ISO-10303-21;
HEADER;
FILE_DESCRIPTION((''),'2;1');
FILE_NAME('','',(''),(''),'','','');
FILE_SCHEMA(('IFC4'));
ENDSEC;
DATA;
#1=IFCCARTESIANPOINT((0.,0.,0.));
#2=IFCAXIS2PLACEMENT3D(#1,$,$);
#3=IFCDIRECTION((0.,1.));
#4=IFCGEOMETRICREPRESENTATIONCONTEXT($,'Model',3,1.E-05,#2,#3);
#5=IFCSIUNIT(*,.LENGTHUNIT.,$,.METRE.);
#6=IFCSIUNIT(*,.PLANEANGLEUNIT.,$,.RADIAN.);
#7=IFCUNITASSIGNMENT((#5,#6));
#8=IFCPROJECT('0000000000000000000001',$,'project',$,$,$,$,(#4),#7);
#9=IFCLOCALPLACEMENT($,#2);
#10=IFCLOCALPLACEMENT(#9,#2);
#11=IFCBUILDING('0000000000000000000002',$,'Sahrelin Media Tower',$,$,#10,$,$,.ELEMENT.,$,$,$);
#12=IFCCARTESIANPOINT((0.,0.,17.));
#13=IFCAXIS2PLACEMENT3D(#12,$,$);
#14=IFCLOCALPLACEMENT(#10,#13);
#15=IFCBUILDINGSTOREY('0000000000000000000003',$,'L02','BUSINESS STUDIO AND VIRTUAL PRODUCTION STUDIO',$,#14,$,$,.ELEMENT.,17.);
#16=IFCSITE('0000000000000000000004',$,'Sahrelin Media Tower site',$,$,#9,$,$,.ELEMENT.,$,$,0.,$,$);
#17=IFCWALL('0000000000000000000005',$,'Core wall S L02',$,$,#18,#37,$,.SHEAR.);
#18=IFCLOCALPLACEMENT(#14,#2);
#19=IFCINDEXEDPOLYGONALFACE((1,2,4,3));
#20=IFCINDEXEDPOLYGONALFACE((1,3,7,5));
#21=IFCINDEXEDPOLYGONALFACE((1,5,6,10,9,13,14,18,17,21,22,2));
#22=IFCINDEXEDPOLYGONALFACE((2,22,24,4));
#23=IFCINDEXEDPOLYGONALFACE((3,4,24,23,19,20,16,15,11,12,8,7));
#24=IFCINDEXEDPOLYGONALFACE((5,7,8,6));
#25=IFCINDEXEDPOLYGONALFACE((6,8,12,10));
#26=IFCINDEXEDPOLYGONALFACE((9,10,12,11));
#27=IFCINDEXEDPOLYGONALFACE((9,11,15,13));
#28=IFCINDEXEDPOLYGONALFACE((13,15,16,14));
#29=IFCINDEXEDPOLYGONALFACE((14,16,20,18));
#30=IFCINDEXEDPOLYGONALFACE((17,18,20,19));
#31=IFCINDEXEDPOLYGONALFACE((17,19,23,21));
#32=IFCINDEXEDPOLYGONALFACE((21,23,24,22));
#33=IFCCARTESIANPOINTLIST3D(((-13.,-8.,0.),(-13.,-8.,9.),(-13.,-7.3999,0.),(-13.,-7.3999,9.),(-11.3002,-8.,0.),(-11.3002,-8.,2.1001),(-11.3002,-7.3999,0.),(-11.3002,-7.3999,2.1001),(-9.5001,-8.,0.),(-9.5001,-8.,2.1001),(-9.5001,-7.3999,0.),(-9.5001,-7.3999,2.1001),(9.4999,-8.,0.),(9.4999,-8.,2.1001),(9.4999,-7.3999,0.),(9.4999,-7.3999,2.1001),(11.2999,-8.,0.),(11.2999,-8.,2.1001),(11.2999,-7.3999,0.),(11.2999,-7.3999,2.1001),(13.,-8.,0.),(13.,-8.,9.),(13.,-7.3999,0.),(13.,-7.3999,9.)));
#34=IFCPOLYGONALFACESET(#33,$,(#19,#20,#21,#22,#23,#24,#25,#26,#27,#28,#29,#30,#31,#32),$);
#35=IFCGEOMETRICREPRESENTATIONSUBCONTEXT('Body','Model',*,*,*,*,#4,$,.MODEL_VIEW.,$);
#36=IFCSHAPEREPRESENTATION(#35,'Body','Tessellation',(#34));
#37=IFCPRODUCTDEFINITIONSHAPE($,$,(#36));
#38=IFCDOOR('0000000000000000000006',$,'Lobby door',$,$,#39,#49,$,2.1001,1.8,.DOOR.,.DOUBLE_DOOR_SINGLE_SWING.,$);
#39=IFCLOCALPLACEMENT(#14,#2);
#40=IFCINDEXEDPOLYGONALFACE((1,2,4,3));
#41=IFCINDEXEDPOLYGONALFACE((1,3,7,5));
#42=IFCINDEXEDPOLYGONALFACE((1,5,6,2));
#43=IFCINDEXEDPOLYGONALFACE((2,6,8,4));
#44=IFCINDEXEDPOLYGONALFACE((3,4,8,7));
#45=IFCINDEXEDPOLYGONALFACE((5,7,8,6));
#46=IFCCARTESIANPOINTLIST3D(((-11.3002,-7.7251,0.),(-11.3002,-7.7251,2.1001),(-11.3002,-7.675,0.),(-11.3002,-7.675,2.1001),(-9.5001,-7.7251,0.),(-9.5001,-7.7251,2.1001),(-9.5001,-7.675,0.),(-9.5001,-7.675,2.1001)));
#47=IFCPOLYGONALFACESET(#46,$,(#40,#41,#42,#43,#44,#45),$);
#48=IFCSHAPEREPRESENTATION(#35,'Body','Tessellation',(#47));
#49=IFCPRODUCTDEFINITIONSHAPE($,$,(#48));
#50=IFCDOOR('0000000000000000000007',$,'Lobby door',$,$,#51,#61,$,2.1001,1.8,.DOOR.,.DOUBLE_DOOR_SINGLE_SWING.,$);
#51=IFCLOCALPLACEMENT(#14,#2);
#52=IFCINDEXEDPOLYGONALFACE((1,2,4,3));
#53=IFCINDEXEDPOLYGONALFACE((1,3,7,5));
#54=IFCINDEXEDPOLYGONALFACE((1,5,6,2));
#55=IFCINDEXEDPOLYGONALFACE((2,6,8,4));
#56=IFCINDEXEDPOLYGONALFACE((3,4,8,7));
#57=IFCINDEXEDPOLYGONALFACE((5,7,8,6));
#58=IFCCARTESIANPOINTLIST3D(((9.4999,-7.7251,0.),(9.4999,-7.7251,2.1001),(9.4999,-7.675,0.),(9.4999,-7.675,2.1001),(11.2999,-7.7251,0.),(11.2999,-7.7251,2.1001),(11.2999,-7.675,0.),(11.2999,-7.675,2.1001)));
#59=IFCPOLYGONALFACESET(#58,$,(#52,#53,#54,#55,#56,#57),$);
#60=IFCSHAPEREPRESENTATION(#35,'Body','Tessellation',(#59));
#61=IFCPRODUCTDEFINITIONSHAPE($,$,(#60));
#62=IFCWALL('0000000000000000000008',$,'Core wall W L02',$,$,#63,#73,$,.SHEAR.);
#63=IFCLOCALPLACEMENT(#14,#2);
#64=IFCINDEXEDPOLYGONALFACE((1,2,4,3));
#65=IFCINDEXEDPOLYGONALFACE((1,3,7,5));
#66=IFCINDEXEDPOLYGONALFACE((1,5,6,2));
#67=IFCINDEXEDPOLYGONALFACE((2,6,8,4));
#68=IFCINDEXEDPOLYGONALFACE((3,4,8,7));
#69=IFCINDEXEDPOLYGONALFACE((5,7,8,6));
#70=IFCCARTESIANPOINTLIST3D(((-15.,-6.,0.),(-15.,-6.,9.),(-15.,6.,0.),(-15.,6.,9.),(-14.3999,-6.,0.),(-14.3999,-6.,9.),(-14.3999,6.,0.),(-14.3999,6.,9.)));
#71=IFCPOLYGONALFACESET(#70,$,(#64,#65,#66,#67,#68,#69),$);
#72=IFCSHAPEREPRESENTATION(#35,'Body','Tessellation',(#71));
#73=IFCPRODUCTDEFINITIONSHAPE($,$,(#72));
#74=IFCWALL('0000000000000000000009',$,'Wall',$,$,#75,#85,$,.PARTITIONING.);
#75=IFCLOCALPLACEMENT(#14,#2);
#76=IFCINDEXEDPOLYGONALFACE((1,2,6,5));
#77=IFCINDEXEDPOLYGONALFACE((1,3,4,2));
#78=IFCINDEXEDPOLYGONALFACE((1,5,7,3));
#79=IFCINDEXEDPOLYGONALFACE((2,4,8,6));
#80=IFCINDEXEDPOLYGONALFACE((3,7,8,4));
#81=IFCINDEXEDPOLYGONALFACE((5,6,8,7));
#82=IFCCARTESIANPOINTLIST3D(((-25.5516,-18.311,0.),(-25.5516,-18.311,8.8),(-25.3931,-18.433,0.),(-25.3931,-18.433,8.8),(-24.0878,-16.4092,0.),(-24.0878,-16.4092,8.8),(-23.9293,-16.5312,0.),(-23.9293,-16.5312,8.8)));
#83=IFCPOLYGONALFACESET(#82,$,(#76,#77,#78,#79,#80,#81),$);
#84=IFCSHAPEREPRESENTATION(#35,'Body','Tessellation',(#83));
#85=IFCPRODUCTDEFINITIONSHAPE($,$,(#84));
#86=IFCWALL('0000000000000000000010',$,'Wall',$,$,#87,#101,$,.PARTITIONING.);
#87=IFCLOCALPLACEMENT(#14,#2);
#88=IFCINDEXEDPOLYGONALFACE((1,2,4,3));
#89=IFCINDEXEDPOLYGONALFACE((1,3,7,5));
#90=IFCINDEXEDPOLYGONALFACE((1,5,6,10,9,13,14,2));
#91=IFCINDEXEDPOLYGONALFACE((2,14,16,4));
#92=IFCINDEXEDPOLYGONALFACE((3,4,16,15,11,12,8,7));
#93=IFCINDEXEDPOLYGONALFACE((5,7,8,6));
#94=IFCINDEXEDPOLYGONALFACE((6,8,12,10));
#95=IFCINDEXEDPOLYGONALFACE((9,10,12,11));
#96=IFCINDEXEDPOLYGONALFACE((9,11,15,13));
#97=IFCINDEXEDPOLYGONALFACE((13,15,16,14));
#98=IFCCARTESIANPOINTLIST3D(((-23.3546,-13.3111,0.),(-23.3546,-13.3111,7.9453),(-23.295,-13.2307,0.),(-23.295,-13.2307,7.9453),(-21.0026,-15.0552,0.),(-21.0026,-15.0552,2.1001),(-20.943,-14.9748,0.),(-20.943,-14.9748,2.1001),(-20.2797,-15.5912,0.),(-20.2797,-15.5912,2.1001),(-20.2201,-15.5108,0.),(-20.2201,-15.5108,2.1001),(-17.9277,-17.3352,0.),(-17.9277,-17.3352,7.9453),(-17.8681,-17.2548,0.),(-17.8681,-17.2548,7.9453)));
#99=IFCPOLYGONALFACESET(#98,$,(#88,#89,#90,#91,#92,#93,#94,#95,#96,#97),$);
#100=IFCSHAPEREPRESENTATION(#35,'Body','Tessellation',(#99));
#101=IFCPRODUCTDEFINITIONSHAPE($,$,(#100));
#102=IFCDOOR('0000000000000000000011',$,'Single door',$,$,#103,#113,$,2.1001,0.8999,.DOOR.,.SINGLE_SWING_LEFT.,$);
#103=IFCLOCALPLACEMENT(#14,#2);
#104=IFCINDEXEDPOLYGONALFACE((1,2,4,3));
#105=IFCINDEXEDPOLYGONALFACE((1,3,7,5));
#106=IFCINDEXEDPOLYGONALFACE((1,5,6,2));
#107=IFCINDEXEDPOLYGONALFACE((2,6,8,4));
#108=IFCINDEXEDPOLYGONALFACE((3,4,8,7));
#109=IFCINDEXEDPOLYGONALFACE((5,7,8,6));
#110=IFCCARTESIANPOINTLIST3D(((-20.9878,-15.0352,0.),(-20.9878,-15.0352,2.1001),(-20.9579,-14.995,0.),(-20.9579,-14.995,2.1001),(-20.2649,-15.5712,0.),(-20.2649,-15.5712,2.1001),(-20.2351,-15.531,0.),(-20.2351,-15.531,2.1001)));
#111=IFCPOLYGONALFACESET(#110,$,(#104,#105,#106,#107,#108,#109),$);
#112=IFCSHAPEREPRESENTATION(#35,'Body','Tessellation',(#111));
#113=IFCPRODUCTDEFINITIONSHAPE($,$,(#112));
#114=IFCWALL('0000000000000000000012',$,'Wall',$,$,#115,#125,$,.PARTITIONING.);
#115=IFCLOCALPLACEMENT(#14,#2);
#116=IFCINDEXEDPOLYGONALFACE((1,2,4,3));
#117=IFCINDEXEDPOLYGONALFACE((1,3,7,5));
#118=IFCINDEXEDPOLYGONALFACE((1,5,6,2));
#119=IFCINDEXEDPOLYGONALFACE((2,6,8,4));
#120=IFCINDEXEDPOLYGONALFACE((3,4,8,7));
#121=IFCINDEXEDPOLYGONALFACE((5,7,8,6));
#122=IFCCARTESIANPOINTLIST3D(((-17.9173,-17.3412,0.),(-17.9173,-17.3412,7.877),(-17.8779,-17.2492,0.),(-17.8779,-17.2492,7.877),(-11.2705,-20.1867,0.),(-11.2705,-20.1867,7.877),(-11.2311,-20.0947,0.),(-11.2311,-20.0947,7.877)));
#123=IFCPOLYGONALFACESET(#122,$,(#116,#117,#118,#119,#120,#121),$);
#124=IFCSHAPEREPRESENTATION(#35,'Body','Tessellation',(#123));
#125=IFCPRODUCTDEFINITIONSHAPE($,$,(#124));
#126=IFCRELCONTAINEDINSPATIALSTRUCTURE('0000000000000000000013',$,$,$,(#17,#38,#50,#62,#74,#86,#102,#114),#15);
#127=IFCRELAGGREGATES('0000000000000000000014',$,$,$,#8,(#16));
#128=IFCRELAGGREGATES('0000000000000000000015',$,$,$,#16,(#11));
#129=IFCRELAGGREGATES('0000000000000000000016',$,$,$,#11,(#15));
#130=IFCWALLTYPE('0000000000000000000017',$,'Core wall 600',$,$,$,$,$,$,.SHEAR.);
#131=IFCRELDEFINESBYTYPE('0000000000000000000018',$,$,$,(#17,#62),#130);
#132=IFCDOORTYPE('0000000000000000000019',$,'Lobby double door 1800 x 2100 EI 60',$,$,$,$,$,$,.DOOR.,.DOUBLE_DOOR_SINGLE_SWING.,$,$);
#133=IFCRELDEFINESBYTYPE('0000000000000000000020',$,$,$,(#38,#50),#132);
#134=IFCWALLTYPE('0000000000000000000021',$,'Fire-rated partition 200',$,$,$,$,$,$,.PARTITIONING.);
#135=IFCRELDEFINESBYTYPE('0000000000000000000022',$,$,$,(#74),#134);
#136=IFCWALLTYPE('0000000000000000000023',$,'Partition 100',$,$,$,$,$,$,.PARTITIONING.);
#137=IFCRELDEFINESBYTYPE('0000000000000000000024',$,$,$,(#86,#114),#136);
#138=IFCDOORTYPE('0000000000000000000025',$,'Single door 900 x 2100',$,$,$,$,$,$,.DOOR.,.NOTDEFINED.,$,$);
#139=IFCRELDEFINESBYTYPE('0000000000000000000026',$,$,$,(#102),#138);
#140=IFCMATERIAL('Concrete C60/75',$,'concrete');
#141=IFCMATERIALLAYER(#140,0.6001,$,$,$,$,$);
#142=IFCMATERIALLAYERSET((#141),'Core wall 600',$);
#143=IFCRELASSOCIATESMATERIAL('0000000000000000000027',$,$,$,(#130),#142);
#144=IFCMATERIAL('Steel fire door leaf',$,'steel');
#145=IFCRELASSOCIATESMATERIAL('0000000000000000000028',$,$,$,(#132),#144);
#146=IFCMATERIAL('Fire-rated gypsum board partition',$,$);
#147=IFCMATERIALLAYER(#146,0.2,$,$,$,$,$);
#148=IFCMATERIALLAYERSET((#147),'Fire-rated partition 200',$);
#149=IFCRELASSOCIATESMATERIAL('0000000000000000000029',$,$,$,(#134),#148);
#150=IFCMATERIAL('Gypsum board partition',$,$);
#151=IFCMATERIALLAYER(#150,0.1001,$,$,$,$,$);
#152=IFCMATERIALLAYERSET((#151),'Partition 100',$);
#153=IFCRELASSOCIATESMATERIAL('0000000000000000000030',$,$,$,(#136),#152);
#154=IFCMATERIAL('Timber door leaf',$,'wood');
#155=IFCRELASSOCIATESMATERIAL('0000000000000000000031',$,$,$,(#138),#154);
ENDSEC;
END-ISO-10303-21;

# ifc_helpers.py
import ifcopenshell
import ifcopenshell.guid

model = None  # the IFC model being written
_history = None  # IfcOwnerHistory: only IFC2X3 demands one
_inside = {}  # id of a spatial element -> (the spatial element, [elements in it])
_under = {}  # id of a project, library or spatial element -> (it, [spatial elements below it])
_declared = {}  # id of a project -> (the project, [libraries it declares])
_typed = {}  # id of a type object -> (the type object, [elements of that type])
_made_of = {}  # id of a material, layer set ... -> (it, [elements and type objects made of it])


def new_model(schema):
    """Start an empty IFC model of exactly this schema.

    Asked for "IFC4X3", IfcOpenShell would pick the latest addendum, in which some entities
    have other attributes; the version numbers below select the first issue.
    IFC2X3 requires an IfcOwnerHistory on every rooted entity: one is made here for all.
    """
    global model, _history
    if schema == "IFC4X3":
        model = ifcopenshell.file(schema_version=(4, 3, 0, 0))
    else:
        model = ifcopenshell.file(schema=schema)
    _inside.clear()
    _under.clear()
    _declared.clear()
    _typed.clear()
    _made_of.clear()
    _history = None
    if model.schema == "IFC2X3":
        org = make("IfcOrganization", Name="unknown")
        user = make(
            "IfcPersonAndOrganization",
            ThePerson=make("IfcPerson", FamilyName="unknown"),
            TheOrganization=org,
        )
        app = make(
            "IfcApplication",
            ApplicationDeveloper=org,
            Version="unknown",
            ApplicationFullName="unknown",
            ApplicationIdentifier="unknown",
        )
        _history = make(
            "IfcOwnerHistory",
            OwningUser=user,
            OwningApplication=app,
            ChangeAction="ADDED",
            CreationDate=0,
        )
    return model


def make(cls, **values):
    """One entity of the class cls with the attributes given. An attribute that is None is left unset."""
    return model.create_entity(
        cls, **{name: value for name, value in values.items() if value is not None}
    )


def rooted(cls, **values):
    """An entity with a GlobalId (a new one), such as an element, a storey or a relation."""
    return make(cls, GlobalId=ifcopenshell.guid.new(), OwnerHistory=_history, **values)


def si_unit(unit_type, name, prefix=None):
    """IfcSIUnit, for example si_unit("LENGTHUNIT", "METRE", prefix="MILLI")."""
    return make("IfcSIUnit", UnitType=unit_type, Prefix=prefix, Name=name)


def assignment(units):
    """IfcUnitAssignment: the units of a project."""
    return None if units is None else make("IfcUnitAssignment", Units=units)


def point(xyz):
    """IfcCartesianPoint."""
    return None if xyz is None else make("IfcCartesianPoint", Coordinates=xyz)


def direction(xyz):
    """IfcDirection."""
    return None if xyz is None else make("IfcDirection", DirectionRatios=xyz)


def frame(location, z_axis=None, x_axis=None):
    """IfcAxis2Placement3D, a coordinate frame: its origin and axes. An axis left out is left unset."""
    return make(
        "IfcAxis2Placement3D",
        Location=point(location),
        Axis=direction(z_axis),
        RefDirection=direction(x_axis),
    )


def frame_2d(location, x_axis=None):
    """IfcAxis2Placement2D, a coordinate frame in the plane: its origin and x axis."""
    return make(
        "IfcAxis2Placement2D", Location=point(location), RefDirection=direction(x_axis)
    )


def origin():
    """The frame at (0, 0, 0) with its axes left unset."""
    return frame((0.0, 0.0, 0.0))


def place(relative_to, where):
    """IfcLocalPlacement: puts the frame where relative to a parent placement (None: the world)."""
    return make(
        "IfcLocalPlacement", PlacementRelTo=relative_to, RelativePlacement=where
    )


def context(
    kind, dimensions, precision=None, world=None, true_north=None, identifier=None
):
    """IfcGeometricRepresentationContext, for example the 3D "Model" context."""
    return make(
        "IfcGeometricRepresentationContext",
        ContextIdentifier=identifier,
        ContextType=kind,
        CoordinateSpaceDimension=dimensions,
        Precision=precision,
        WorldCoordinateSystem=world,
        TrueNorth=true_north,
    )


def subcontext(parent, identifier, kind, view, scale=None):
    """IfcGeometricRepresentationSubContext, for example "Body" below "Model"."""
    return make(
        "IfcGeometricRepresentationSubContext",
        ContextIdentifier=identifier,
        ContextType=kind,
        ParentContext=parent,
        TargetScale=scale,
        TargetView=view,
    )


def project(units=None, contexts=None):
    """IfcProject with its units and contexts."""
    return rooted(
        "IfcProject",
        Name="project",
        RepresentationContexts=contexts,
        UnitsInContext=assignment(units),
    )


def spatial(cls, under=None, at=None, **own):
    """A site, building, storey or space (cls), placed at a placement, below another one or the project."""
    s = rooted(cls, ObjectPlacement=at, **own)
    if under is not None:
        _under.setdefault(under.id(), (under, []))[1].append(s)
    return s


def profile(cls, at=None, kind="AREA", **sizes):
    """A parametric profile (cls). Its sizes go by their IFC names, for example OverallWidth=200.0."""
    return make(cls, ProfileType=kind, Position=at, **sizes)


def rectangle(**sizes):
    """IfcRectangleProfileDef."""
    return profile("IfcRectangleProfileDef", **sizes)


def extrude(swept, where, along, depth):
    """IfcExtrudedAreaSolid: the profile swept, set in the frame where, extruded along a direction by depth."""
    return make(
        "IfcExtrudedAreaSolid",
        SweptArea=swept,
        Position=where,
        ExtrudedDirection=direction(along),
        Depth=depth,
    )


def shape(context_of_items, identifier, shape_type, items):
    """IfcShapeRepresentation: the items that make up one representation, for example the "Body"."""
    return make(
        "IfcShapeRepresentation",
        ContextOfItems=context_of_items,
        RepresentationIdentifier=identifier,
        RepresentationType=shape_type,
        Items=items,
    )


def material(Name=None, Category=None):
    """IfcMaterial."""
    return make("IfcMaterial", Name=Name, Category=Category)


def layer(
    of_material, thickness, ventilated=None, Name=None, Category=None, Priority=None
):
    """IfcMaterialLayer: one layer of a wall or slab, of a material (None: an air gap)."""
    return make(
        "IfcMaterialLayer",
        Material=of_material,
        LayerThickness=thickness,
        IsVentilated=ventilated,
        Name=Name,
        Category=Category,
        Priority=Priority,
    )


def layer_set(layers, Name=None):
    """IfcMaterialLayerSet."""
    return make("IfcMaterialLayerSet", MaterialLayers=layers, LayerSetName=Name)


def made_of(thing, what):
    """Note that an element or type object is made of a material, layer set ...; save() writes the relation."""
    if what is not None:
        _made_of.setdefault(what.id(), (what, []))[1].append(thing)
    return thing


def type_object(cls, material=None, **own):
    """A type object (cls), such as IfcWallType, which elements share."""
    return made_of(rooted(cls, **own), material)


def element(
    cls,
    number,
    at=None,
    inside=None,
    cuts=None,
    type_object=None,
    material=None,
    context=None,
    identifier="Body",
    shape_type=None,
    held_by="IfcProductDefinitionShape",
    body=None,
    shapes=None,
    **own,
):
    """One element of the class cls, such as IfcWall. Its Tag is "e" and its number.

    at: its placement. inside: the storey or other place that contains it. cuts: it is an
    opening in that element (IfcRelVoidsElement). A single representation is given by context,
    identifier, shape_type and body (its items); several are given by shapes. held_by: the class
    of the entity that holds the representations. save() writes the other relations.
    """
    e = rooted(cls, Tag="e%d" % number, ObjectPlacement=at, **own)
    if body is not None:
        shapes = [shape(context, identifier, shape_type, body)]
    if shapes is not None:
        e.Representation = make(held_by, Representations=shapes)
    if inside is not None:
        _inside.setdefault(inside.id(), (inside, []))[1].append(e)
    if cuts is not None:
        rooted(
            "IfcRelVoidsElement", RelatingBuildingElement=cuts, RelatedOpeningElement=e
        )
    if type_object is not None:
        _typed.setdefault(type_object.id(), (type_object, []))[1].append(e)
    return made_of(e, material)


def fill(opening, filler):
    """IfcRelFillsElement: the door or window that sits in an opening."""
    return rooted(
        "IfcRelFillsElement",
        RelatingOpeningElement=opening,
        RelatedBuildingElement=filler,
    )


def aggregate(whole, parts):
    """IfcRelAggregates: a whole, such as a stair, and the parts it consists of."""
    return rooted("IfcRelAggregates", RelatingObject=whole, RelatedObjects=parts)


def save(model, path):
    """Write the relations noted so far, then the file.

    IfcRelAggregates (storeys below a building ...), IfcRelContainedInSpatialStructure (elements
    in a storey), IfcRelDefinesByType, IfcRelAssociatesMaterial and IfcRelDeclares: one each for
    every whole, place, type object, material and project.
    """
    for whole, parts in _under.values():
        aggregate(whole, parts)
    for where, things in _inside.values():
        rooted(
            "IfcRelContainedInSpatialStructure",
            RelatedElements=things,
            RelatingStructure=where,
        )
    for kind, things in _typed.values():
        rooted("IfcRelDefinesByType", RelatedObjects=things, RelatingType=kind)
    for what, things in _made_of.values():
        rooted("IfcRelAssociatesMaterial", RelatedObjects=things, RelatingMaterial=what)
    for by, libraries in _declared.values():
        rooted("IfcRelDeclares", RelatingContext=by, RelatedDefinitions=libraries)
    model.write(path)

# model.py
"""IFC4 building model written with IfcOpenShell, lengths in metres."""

from ifc_helpers import new_model, si_unit, direction, frame, frame_2d, origin, place, context, subcontext, project, spatial, rectangle, extrude, material, layer, layer_set, type_object, element, fill, save


model = new_model("IFC4")

# Units and contexts
model_context = context("Model", 3, precision=1e-05, world=origin(), true_north=direction((0.0, 1.0)))
body_context = subcontext(model_context, "Body", "Model", "MODEL_VIEW")
ifc_project = project(units=[si_unit("LENGTHUNIT", "METRE"), si_unit("PLANEANGLEUNIT", "RADIAN")], contexts=[model_context])

# Site, building, storey
site_placement = place(None, origin())
site = spatial("IfcSite", under=ifc_project, at=site_placement, Name="Sahrelin Media Tower site", CompositionType="ELEMENT", RefElevation=0.0)
building_placement = place(site_placement, origin())
building = spatial("IfcBuilding", under=site, at=building_placement, Name="Sahrelin Media Tower", CompositionType="ELEMENT")
storey_placement = place(building_placement, frame((0.0, 0.0, 17.0)))
storey = spatial("IfcBuildingStorey", under=building, at=storey_placement, Name="L02", Description="BUSINESS STUDIO AND VIRTUAL PRODUCTION STUDIO", CompositionType="ELEMENT", Elevation=17.0)

# Wall, openings, doors
ifc_material_1 = material(Name="Concrete C60/75", Category="concrete")
ifc_layer_1 = layer(ifc_material_1, 0.6001)
ifc_layer_set_1 = layer_set([ifc_layer_1], Name="Core wall 600")
wall_type_1 = type_object("IfcWallType", Name="Core wall 600", PredefinedType="SHEAR", material=ifc_layer_set_1)
wall_1_placement = place(storey_placement, frame((-13.0, -7.7, 0.0), z_axis=(0.0, 0.0, 1.0), x_axis=(1.0, 0.0, 0.0)))
wall_1 = element("IfcWall", 1, at=wall_1_placement, inside=storey, type_object=wall_type_1, Name="Core wall S L02", PredefinedType="SHEAR", context=body_context, shape_type="SweptSolid", body=[
    extrude(rectangle(XDim=26.0, YDim=0.6001, at=frame_2d((13.0, 0.0))), origin(), (0.0, 0.0, 1.0), 9.0),
])
opening_1_placement = place(wall_1_placement, frame((1.7, 0.0, 0.0)))
opening_1 = element("IfcOpeningElement", 2, at=opening_1_placement, cuts=wall_1, PredefinedType="OPENING", context=body_context, shape_type="SweptSolid", body=[
    extrude(rectangle(XDim=1.8, YDim=2.1001, at=frame_2d((0.8999, 1.05))), frame((0.0, 0.3, 0.0), z_axis=(0.0, -1.0, 0.0), x_axis=(1.0, 0.0, 0.0)), (0.0, 0.0, 1.0), 0.6001),
])
opening_2_placement = place(wall_1_placement, frame((22.5, 0.0, 0.0)))
opening_2 = element("IfcOpeningElement", 3, at=opening_2_placement, cuts=wall_1, PredefinedType="OPENING", context=body_context, shape_type="SweptSolid", body=[
    extrude(rectangle(XDim=1.8, YDim=2.1001, at=frame_2d((0.8999, 1.05))), frame((0.0, 0.3, 0.0), z_axis=(0.0, -1.0, 0.0), x_axis=(1.0, 0.0, 0.0)), (0.0, 0.0, 1.0), 0.6001),
])
ifc_material_2 = material(Name="Steel fire door leaf", Category="steel")
door_type_1 = type_object("IfcDoorType", Name="Lobby double door 1800 x 2100 EI 60", OperationType="DOUBLE_DOOR_SINGLE_SWING", PredefinedType="DOOR", material=ifc_material_2)
door_1_placement = place(opening_1_placement, origin())
door_1 = element("IfcDoor", 4, at=door_1_placement, inside=storey, type_object=door_type_1, Name="Lobby door", OperationType="DOUBLE_DOOR_SINGLE_SWING", OverallHeight=2.1001, OverallWidth=1.8, PredefinedType="DOOR", context=body_context, shape_type="SweptSolid", body=[
    extrude(rectangle(XDim=1.8, YDim=2.1001, at=frame_2d((0.8999, 1.05))), frame((0.0, 0.0249, 0.0), z_axis=(0.0, -1.0, 0.0), x_axis=(1.0, 0.0, 0.0)), (0.0, 0.0, 1.0), 0.05),
])
fill(opening_1, door_1)
door_2_placement = place(opening_2_placement, origin())
door_2 = element("IfcDoor", 5, at=door_2_placement, inside=storey, type_object=door_type_1, Name="Lobby door", OperationType="DOUBLE_DOOR_SINGLE_SWING", OverallHeight=2.1001, OverallWidth=1.8, PredefinedType="DOOR", context=body_context, shape_type="SweptSolid", body=[
    extrude(rectangle(XDim=1.8, YDim=2.1001, at=frame_2d((0.8999, 1.05))), frame((0.0, 0.0249, 0.0), z_axis=(0.0, -1.0, 0.0), x_axis=(1.0, 0.0, 0.0)), (0.0, 0.0, 1.0), 0.05),
])
fill(opening_2, door_2)

# Walls
wall_2_placement = place(storey_placement, frame((-14.7, -6.0, 0.0), z_axis=(0.0, 0.0, 1.0), x_axis=(0.0, 1.0, 0.0)))
element("IfcWall", 6, at=wall_2_placement, inside=storey, type_object=wall_type_1, Name="Core wall W L02", PredefinedType="SHEAR", context=body_context, shape_type="SweptSolid", body=[
    extrude(rectangle(XDim=12.0, YDim=0.6001, at=frame_2d((6.0, 0.0))), origin(), (0.0, 0.0, 1.0), 9.0),
])
ifc_material_3 = material(Name="Fire-rated gypsum board partition")
ifc_layer_2 = layer(ifc_material_3, 0.2)
ifc_layer_set_2 = layer_set([ifc_layer_2], Name="Fire-rated partition 200")
wall_type_2 = type_object("IfcWallType", Name="Fire-rated partition 200", PredefinedType="PARTITIONING", material=ifc_layer_set_2)
wall_3_placement = place(storey_placement, frame((-24.0085, -16.4702, 0.0), z_axis=(0.0, 0.0, 1.0), x_axis=(-0.609947, -0.792442, 0.0)))
element("IfcWall", 7, at=wall_3_placement, inside=storey, type_object=wall_type_2, Name="Wall", PredefinedType="PARTITIONING", context=body_context, shape_type="SweptSolid", body=[
    extrude(rectangle(XDim=2.3999, YDim=0.2, at=frame_2d((1.2, 0.0))), origin(), (0.0, 0.0, 1.0), 8.8),
])

# Wall, opening, door
ifc_material_4 = material(Name="Gypsum board partition")
ifc_layer_3 = layer(ifc_material_4, 0.1001)
ifc_layer_set_3 = layer_set([ifc_layer_3], Name="Partition 100")
wall_type_3 = type_object("IfcWallType", Name="Partition 100", PredefinedType="PARTITIONING", material=ifc_layer_set_3)
wall_4_placement = place(storey_placement, frame((-23.3247, -13.271, 0.0), z_axis=(0.0, 0.0, 1.0), x_axis=(0.803262, -0.595626, 0.0)))
wall_4 = element("IfcWall", 8, at=wall_4_placement, inside=storey, type_object=wall_type_3, Name="Wall", PredefinedType="PARTITIONING", context=body_context, shape_type="SweptSolid", body=[
    extrude(rectangle(XDim=6.7561, YDim=0.1001, at=frame_2d((3.3779, 0.0))), origin(), (0.0, 0.0, 1.0), 7.9453),
])
opening_3_placement = place(wall_4_placement, frame((2.928, 0.0, 0.0)))
opening_3 = element("IfcOpeningElement", 9, at=opening_3_placement, cuts=wall_4, PredefinedType="OPENING", context=body_context, shape_type="SweptSolid", body=[
    extrude(rectangle(XDim=0.8999, YDim=2.1001, at=frame_2d((0.45, 1.05))), frame((0.0, 0.05, 0.0), z_axis=(0.0, -1.0, 0.0), x_axis=(1.0, 0.0, 0.0)), (0.0, 0.0, 1.0), 0.1001),
])
ifc_material_5 = material(Name="Timber door leaf", Category="wood")
door_type_2 = type_object("IfcDoorType", Name="Single door 900 x 2100", OperationType="NOTDEFINED", PredefinedType="DOOR", material=ifc_material_5)
door_3_placement = place(opening_3_placement, origin())
door_3 = element("IfcDoor", 10, at=door_3_placement, inside=storey, type_object=door_type_2, Name="Single door", OperationType="SINGLE_SWING_LEFT", OverallHeight=2.1001, OverallWidth=0.8999, PredefinedType="DOOR", context=body_context, shape_type="SweptSolid", body=[
    extrude(rectangle(XDim=0.8999, YDim=2.1001, at=frame_2d((0.45, 1.05))), frame((0.0, 0.0249, 0.0), z_axis=(0.0, -1.0, 0.0), x_axis=(1.0, 0.0, 0.0)), (0.0, 0.0, 1.0), 0.05),
])
fill(opening_3, door_3)

# Wall
wall_5_placement = place(storey_placement, frame((-17.8977, -17.2952, 0.0), z_axis=(0.0, 0.0, 1.0), x_axis=(0.919302, -0.393552, 0.0)))
element("IfcWall", 11, at=wall_5_placement, inside=storey, type_object=wall_type_3, Name="Wall", PredefinedType="PARTITIONING", context=body_context, shape_type="SweptSolid", body=[
    extrude(rectangle(XDim=7.2302, YDim=0.1001, at=frame_2d((3.6152, 0.0))), origin(), (0.0, 0.0, 1.0), 7.877),
])

save(model, "model.ifc")
